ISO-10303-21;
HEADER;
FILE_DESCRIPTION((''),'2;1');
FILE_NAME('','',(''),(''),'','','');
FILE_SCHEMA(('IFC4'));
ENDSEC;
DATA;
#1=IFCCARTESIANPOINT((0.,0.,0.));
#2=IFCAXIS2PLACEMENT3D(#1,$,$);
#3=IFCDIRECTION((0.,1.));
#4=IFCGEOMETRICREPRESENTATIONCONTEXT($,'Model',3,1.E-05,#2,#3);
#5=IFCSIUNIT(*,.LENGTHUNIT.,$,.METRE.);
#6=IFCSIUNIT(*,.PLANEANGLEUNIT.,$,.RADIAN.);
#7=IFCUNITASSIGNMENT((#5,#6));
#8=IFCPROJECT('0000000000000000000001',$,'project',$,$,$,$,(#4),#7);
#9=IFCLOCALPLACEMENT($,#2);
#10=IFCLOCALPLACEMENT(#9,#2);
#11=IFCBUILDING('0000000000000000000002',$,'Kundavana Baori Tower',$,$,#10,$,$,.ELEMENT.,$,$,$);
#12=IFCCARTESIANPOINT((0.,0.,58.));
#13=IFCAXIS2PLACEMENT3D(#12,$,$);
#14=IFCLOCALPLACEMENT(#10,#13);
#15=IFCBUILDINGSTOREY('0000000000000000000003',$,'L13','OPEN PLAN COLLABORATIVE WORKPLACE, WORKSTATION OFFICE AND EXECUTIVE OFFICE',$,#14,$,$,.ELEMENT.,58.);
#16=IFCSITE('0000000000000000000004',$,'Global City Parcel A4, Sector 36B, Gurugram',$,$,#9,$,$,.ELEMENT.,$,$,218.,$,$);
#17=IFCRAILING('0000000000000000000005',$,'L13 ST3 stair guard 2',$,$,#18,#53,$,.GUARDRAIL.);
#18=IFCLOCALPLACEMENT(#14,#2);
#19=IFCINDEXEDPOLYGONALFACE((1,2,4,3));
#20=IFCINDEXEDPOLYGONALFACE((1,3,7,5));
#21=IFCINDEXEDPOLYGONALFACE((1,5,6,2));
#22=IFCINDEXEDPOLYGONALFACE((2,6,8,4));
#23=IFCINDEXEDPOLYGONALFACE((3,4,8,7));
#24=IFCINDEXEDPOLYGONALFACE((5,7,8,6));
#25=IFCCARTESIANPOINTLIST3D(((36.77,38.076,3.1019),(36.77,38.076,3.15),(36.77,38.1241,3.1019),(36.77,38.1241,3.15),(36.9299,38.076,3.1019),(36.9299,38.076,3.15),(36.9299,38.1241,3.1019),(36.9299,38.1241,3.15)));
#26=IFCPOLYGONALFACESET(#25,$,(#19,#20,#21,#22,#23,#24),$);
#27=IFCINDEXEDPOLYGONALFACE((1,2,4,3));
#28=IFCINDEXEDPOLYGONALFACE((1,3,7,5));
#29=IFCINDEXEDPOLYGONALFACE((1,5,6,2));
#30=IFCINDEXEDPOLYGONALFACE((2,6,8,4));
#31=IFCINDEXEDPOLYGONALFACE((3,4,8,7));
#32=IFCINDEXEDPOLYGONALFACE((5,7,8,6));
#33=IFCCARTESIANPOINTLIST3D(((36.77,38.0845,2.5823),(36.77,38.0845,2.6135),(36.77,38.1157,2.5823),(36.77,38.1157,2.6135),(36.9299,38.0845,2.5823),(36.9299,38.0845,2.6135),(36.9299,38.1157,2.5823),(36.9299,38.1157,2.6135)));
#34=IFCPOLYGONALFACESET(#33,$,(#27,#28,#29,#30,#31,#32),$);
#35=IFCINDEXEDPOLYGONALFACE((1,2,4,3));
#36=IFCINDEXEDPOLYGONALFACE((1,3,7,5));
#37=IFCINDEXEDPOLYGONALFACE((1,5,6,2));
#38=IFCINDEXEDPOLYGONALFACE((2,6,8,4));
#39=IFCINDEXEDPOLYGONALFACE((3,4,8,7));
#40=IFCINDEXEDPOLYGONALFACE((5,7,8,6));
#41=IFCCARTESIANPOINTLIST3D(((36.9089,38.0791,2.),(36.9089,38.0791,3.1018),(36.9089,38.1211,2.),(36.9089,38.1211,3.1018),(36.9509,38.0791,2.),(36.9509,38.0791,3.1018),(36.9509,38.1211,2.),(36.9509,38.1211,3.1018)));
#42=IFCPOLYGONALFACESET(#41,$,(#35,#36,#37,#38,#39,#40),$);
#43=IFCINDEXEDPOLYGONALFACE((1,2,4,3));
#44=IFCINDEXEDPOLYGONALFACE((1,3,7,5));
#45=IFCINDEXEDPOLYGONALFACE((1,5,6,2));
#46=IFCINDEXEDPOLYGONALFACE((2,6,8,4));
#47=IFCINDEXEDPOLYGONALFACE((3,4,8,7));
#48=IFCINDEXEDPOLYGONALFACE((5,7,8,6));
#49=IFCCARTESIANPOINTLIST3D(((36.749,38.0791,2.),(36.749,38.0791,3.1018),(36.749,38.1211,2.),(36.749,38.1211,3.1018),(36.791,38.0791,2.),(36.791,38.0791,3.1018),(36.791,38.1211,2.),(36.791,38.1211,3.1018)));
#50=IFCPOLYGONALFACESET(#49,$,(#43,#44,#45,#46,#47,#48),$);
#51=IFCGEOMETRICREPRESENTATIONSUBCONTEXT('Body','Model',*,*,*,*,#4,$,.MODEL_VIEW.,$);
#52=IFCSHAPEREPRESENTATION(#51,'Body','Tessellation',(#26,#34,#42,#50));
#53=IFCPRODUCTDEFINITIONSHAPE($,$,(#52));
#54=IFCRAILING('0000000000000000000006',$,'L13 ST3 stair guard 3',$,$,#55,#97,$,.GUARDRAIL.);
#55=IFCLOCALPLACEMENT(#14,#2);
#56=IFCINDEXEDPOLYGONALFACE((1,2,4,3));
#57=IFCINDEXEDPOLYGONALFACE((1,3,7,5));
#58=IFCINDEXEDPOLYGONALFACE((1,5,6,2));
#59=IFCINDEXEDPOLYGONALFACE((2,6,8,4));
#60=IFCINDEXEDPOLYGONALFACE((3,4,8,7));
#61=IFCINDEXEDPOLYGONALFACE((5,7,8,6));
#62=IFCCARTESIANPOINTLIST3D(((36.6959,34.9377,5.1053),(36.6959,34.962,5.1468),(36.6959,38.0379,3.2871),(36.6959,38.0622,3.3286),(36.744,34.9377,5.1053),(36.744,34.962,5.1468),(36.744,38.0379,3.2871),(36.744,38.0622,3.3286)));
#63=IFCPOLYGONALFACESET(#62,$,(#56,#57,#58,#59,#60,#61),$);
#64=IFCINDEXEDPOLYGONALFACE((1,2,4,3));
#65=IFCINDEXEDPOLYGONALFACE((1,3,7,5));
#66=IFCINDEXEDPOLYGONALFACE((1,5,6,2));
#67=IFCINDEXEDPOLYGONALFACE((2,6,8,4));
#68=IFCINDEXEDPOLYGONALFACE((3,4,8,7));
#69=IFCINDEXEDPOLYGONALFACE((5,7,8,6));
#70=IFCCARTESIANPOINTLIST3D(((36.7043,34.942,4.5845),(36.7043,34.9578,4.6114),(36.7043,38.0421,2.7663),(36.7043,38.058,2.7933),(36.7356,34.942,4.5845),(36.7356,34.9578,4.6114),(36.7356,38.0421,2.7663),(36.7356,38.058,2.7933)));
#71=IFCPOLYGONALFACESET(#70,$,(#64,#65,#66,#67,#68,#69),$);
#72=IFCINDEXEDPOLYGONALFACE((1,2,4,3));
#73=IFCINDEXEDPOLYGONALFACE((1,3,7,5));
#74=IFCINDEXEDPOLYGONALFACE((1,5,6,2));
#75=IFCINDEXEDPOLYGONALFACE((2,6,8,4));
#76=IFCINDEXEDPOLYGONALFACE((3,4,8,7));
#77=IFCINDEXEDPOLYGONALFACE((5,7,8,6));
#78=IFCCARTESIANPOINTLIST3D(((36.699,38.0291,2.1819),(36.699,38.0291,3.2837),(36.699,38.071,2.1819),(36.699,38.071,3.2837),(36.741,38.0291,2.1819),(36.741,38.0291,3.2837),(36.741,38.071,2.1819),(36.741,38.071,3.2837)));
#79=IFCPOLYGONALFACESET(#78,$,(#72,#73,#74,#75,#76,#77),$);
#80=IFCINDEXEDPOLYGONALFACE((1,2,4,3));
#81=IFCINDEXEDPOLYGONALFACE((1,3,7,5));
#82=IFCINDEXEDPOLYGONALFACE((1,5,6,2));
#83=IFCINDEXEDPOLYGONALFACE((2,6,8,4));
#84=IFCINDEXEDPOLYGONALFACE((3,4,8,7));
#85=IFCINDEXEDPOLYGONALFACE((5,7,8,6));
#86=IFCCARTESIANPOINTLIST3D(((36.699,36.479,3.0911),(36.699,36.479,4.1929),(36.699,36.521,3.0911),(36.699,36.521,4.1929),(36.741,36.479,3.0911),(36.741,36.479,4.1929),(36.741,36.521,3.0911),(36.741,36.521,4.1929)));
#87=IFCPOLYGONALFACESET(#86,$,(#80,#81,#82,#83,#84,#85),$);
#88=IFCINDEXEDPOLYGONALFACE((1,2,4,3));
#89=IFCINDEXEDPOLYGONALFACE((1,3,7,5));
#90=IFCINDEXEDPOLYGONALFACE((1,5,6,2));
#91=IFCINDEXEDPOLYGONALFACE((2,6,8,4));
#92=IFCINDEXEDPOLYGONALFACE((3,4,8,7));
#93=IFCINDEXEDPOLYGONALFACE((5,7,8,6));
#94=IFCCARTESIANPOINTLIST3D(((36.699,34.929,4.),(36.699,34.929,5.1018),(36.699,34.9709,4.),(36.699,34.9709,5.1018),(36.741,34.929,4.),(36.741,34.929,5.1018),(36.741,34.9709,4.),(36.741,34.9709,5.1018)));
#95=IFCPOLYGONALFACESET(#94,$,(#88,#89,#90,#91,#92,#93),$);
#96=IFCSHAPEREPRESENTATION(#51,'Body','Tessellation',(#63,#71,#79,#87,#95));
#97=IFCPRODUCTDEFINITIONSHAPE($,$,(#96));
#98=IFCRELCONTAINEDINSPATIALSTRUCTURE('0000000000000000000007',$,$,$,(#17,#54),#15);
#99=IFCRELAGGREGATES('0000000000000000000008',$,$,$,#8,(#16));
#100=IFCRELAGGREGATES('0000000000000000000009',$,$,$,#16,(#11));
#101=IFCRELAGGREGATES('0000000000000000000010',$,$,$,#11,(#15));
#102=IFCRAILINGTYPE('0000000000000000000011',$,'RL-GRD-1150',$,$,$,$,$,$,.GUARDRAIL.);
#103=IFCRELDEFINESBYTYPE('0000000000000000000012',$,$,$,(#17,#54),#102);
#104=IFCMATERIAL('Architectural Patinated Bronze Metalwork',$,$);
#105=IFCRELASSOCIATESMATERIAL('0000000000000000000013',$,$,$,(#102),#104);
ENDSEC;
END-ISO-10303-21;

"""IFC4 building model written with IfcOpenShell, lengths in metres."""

from ifc_helpers import new_model, si_unit, direction, frame, origin, origin_2d, place, context, subcontext, project, spatial, rectangle, extrude, material, type_object, element, save


model = new_model("IFC4")

# Units and contexts
model_context = context("Model", 3, precision=1e-05, world=origin(), true_north=direction((0.0, 1.0)))
body_context = subcontext(model_context, "Body", "Model", "MODEL_VIEW")
ifc_project = project(units=[si_unit("LENGTHUNIT", "METRE"), si_unit("PLANEANGLEUNIT", "RADIAN")], contexts=[model_context])

# Site, building, storey
site_placement = place(None, origin())
site = spatial("IfcSite", under=ifc_project, at=site_placement, Name="Global City Parcel A4, Sector 36B, Gurugram", CompositionType="ELEMENT", RefElevation=218.0)
building_placement = place(site_placement, origin())
building = spatial("IfcBuilding", under=site, at=building_placement, Name="Kundavana Baori Tower", CompositionType="ELEMENT")
storey_placement = place(building_placement, frame((0.0, 0.0, 58.0)))
storey = spatial("IfcBuildingStorey", under=building, at=storey_placement, Name="L13", Description="OPEN PLAN COLLABORATIVE WORKPLACE, WORKSTATION OFFICE AND EXECUTIVE OFFICE", CompositionType="ELEMENT", Elevation=58.0)

# Railings
ifc_material_1 = material(Name="Architectural Patinated Bronze Metalwork")
railing_type_1 = type_object("IfcRailingType", Name="RL-GRD-1150", PredefinedType="GUARDRAIL", material=ifc_material_1)
railing_1_placement = place(storey_placement, frame((36.9299, 38.1001, 2.0)))
element("IfcRailing", 1, at=railing_1_placement, inside=storey, type_object=railing_type_1, Name="L13 ST3 stair guard 2", PredefinedType="GUARDRAIL", context=body_context, shape_type="SweptSolid", body=[
    extrude(rectangle(XDim=0.0481, YDim=0.0481, at=origin_2d()), frame((0.0, 0.0, 1.126), z_axis=(-1.0, 0.0, 0.0), x_axis=(0.0, -1.0, 0.0)), (0.0, 0.0, 1.0), 0.1599),
    extrude(rectangle(XDim=0.0312, YDim=0.0312, at=origin_2d()), frame((0.0, 0.0, 0.5979), z_axis=(-1.0, 0.0, 0.0), x_axis=(0.0, -1.0, 0.0)), (0.0, 0.0, 1.0), 0.1599),
    extrude(rectangle(XDim=0.042, YDim=0.042, at=origin_2d()), origin(), (0.0, 0.0, 1.0), 1.1018),
    extrude(rectangle(XDim=0.042, YDim=0.042, at=origin_2d()), frame((-0.1599, 0.0, 0.0)), (0.0, 0.0, 1.0), 1.1018),
])
railing_2_placement = place(storey_placement, frame((36.72, 38.05, 2.1819)))
element("IfcRailing", 2, at=railing_2_placement, inside=storey, type_object=railing_type_1, Name="L13 ST3 stair guard 3", PredefinedType="GUARDRAIL", context=body_context, shape_type="SweptSolid", body=[
    extrude(rectangle(XDim=0.0481, YDim=0.0481, at=origin_2d()), frame((0.0, 0.0, 1.126), z_axis=(0.0, -0.862599, 0.505889), x_axis=(1.0, 0.0, 0.0)), (0.0, 0.0, 1.0), 3.594),
    extrude(rectangle(XDim=0.0312, YDim=0.0312, at=origin_2d()), frame((0.0, 0.0, 0.5979), z_axis=(0.0, -0.862599, 0.505889), x_axis=(1.0, 0.0, 0.0)), (0.0, 0.0, 1.0), 3.594),
    extrude(rectangle(XDim=0.042, YDim=0.042, at=origin_2d()), origin(), (0.0, 0.0, 1.0), 1.1018),
    extrude(rectangle(XDim=0.042, YDim=0.042, at=origin_2d()), frame((0.0, -1.55, 0.9092)), (0.0, 0.0, 1.0), 1.1018),
    extrude(rectangle(XDim=0.042, YDim=0.042, at=origin_2d()), frame((0.0, -3.1001, 1.8181)), (0.0, 0.0, 1.0), 1.1018),
])

save(model, "model.ifc")
